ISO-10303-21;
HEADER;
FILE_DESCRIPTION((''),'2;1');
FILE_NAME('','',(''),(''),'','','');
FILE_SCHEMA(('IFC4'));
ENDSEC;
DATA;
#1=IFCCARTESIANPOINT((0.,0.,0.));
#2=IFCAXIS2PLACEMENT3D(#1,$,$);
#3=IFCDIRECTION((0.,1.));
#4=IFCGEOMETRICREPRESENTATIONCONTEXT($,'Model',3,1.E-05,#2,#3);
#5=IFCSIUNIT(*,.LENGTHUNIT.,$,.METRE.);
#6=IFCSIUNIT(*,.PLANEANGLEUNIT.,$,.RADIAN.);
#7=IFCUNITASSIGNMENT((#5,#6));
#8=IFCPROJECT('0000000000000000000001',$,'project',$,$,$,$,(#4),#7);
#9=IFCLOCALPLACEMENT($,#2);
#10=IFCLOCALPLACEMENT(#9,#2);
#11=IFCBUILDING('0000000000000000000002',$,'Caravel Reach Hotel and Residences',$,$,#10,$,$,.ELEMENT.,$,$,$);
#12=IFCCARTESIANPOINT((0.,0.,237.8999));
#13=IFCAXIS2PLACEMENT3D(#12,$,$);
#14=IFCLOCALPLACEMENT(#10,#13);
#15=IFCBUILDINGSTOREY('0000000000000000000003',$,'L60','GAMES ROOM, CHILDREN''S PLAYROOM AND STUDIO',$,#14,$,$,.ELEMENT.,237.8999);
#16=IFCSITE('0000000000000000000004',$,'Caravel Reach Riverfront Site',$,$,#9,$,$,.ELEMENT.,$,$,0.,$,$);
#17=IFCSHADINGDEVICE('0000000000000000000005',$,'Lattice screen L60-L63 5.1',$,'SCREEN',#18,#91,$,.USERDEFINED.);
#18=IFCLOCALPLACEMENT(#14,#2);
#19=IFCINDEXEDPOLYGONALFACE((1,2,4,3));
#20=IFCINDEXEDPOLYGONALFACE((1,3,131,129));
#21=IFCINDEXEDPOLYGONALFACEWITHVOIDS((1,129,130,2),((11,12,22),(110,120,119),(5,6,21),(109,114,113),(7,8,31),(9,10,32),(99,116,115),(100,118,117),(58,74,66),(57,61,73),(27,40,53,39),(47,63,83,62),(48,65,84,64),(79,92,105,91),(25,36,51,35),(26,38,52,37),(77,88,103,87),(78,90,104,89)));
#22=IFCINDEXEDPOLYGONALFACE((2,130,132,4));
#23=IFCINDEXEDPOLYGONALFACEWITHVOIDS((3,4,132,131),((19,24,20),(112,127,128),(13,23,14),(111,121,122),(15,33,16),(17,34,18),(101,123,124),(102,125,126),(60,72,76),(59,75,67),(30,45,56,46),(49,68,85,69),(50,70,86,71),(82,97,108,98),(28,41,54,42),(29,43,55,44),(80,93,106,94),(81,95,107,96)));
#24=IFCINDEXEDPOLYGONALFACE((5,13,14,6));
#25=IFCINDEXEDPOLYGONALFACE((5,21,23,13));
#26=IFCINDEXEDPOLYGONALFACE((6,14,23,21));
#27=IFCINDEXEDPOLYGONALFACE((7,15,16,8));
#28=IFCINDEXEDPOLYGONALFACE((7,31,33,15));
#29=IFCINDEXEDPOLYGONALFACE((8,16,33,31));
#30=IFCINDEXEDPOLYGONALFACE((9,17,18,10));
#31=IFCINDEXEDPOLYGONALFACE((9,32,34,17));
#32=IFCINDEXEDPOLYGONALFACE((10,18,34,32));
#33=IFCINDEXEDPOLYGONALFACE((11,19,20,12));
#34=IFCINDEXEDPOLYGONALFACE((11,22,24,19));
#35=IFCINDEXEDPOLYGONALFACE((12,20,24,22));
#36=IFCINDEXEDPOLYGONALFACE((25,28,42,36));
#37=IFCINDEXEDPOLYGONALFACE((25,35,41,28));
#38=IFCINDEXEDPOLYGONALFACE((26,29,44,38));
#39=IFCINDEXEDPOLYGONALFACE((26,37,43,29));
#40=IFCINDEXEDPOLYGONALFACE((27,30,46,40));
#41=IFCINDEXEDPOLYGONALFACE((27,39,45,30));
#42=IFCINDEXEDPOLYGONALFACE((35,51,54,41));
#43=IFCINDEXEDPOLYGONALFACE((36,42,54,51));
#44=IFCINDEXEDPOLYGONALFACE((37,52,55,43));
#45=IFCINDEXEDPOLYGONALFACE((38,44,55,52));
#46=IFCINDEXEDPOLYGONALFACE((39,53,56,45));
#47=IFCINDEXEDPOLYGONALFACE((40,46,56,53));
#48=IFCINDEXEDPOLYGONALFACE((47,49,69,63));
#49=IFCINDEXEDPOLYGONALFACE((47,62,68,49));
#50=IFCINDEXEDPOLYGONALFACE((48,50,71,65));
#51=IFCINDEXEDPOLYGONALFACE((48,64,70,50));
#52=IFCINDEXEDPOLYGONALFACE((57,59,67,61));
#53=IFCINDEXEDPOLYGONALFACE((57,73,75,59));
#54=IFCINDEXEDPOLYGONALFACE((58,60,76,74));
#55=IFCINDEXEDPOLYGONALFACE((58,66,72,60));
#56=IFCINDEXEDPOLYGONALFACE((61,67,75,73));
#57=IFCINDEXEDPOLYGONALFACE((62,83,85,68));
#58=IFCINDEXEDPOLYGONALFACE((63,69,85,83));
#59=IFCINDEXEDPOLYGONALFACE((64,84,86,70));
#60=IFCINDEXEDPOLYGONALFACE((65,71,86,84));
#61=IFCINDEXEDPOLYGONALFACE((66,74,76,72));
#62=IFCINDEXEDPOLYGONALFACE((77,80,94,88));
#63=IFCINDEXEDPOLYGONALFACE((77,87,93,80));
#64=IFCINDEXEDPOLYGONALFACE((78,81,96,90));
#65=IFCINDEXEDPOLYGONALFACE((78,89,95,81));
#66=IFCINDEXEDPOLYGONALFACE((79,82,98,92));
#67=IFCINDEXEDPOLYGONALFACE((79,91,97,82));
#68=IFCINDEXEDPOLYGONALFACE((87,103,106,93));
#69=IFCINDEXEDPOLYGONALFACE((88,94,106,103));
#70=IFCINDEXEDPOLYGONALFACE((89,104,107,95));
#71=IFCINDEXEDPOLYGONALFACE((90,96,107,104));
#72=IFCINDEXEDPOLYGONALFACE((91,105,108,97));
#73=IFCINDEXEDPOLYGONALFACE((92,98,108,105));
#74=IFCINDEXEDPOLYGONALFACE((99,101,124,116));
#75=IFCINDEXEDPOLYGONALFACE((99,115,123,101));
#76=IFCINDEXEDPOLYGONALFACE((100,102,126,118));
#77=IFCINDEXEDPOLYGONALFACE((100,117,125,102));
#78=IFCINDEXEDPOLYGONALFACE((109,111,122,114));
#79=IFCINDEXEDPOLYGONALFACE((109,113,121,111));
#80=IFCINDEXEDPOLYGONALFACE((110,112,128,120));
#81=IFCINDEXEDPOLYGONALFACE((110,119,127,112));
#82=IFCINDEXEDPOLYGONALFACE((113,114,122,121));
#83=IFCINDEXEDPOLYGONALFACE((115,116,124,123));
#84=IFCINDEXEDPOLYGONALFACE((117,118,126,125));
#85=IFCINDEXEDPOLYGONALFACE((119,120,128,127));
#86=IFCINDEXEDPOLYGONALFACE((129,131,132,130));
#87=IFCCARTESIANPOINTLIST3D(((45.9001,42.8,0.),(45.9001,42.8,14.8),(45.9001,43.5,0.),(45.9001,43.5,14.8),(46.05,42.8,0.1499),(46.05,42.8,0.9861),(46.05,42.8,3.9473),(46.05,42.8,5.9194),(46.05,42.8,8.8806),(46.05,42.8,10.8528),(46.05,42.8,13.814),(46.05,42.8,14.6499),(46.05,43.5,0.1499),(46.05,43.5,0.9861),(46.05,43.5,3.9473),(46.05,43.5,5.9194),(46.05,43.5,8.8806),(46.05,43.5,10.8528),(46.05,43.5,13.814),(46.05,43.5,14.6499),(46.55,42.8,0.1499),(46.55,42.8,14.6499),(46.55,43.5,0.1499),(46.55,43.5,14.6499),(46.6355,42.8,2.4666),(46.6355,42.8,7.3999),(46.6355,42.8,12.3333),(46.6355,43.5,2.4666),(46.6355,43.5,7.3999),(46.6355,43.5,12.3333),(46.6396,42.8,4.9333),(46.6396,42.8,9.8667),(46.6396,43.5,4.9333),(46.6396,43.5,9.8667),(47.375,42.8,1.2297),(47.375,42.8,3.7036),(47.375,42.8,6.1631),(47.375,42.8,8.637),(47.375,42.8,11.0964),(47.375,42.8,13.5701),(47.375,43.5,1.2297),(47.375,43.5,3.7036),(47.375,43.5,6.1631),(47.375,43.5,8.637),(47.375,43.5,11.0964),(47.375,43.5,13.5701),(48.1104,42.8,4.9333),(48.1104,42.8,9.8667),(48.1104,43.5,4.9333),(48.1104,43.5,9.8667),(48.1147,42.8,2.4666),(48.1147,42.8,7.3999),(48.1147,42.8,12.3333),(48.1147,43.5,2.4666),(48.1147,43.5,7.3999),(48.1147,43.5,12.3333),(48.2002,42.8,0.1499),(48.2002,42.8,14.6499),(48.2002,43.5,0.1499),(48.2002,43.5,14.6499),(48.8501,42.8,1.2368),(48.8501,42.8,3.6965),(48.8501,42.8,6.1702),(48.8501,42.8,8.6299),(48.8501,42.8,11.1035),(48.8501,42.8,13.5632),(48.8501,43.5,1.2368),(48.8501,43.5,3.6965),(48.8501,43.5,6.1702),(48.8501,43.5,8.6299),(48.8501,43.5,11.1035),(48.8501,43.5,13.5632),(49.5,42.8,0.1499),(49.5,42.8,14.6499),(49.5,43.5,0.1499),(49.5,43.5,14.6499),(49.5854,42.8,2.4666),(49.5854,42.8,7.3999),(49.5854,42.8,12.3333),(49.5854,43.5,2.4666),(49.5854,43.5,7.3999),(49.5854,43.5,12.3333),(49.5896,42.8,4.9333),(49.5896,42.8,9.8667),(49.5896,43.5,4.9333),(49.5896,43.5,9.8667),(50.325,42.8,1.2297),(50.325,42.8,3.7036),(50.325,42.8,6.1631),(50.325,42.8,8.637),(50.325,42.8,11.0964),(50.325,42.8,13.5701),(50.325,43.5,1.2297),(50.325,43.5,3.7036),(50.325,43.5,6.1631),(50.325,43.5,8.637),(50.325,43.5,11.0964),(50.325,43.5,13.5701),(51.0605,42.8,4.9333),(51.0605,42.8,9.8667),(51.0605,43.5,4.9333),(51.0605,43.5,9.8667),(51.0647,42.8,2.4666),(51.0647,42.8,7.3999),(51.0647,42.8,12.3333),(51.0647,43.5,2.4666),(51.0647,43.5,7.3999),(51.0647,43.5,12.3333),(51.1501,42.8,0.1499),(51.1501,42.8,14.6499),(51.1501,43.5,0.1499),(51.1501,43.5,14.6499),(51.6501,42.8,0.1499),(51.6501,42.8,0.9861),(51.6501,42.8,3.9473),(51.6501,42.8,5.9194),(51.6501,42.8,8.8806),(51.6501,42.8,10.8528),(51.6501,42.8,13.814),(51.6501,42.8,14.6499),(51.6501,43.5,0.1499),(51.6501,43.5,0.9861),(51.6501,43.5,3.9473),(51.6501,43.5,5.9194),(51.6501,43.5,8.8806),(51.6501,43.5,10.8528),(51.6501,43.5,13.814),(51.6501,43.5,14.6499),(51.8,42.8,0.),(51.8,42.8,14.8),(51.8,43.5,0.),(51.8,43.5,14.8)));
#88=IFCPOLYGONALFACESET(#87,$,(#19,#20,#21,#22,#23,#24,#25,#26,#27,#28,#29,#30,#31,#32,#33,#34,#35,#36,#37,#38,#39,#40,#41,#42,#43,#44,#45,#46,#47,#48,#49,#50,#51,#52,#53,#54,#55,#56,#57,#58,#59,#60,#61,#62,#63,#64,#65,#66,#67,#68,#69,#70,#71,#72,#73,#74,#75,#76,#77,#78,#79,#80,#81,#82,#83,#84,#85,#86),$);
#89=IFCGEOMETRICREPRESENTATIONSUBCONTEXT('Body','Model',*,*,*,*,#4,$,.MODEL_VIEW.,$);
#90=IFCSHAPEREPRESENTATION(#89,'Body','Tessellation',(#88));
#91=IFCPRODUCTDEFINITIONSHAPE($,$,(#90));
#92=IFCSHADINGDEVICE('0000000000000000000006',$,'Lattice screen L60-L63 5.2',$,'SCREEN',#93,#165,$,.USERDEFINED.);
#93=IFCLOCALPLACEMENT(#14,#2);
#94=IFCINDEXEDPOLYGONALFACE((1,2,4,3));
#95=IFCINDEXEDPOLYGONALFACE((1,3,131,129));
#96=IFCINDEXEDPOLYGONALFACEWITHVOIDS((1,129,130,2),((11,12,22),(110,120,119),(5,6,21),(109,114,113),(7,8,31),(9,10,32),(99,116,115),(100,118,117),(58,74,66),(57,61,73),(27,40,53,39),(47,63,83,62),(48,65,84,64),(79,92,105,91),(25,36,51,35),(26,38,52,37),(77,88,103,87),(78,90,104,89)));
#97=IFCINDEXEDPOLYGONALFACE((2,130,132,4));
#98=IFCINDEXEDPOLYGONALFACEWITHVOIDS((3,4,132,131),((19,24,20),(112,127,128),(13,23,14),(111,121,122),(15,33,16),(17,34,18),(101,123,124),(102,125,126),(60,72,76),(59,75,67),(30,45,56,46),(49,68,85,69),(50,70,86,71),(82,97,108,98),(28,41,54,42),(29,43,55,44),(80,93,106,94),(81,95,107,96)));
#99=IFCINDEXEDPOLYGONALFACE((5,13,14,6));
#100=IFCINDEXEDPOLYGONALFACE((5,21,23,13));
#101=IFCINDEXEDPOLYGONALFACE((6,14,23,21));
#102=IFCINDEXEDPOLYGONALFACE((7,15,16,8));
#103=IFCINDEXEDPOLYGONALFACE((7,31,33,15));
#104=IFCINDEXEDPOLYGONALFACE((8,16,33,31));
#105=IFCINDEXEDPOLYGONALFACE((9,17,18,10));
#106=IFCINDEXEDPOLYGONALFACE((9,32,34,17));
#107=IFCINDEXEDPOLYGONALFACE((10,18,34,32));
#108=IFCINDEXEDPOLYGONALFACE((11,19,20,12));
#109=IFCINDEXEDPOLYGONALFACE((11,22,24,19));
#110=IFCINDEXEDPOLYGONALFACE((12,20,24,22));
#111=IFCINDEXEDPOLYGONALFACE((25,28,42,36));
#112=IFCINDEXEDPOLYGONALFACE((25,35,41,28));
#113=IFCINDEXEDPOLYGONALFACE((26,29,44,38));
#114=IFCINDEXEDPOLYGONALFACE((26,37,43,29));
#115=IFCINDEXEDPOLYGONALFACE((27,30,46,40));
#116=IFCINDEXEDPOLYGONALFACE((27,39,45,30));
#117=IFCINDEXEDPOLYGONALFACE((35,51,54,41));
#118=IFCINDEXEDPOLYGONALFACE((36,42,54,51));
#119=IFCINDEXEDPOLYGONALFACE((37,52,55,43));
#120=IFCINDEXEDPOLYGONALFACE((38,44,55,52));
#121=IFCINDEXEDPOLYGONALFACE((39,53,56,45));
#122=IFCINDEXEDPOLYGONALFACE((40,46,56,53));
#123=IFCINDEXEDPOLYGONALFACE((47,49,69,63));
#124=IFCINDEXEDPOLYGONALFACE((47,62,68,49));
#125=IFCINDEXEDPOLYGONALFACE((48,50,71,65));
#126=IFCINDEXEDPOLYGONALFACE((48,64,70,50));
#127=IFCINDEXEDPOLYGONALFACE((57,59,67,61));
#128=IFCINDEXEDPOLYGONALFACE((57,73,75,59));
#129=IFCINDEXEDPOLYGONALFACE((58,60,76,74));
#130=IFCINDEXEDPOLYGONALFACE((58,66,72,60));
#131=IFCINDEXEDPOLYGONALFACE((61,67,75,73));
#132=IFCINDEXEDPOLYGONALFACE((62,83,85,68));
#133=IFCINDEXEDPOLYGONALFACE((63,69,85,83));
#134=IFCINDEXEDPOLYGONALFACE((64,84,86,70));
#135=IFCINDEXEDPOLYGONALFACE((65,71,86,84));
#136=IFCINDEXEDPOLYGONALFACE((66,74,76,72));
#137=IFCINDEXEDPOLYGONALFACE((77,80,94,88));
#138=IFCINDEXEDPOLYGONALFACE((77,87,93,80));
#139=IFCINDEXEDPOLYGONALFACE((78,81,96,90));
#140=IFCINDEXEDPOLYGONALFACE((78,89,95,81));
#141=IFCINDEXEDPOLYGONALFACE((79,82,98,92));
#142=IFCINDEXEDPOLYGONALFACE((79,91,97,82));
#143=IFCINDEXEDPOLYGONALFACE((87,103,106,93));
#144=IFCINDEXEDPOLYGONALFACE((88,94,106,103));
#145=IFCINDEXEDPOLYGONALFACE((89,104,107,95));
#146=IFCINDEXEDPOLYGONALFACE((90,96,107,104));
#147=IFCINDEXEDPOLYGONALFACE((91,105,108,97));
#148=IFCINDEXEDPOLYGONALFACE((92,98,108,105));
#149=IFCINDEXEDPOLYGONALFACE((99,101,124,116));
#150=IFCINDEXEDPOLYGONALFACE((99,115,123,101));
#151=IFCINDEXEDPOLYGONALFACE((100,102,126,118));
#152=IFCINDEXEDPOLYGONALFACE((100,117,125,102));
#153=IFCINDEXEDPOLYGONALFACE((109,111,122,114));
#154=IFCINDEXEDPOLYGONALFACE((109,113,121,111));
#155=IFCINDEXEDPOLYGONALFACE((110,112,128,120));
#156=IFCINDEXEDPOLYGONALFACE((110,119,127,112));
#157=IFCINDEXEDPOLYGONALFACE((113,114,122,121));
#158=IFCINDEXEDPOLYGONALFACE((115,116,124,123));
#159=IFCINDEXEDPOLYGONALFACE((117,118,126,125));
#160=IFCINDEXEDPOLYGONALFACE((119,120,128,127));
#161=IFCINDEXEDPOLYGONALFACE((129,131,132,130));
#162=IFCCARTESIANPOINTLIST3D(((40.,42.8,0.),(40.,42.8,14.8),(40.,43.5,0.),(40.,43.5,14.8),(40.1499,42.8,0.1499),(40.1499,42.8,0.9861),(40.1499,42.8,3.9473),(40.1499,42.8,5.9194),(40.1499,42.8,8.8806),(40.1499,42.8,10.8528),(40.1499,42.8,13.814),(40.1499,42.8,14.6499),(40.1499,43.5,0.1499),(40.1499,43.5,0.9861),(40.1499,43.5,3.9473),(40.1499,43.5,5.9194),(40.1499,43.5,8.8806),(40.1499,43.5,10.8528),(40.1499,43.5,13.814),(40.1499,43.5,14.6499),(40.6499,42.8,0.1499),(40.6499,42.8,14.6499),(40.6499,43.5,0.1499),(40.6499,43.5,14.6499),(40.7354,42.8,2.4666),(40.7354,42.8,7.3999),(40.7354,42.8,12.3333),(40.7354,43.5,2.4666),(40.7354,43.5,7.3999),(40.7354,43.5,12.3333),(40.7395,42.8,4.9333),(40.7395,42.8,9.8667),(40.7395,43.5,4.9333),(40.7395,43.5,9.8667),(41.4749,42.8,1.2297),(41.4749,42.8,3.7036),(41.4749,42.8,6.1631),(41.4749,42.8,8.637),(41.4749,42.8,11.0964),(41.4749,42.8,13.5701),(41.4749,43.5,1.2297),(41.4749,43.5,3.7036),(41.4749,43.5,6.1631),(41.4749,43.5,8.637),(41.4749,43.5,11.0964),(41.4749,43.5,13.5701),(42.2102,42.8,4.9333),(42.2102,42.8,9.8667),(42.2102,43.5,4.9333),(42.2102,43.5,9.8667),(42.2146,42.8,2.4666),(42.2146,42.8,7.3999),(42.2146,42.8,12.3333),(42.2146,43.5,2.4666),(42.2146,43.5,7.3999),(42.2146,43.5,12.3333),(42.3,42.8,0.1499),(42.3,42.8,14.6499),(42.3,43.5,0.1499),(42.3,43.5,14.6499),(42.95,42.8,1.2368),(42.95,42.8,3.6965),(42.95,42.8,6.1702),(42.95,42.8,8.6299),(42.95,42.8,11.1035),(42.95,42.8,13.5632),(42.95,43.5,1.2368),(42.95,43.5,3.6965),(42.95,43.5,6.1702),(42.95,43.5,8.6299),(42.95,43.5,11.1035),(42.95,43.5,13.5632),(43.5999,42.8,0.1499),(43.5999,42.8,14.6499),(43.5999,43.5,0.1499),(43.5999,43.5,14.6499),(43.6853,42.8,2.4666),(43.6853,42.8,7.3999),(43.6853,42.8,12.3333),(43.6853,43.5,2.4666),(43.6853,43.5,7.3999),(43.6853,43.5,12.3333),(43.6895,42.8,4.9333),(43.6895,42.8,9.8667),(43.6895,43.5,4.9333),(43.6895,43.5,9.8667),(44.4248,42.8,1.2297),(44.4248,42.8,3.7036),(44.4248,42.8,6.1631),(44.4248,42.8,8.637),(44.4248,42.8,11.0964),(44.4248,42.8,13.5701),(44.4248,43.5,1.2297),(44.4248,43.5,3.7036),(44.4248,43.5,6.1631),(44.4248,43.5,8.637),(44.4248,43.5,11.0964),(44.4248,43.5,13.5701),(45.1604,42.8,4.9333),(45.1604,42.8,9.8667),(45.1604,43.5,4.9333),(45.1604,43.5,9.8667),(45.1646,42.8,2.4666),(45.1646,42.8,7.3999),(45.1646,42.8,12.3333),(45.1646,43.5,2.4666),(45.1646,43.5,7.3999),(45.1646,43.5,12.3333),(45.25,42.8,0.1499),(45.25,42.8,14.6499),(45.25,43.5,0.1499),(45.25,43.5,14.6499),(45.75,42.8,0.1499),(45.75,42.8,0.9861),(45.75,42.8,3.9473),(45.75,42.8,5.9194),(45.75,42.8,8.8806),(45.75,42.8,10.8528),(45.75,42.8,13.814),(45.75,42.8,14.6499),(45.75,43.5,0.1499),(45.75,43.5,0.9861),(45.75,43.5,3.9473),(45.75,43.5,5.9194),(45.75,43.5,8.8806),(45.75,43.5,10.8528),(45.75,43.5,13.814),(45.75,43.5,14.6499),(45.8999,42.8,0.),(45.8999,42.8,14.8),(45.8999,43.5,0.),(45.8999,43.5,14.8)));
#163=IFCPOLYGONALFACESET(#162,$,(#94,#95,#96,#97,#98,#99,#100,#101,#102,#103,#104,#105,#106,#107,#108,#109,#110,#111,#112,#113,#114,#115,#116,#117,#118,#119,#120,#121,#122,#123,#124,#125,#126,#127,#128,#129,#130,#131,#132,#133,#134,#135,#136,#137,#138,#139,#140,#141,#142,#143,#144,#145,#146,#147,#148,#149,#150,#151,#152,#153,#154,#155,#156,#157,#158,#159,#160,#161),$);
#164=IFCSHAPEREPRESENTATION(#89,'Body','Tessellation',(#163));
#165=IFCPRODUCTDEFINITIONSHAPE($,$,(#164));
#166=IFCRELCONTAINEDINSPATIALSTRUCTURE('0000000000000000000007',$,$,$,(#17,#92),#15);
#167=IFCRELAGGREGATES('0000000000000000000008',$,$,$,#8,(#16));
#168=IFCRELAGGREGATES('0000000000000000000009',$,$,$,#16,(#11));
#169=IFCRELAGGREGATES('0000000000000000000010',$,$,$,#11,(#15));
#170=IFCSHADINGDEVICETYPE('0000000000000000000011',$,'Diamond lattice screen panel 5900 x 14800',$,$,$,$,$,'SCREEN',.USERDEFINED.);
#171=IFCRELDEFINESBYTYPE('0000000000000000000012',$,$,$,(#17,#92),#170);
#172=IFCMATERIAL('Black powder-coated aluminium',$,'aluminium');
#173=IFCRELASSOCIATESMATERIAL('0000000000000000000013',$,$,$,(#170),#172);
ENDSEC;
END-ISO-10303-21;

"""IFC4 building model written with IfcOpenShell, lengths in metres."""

from ifc_helpers import new_model, si_unit, direction, frame, origin, place, context, subcontext, project, spatial, polyline, outline, extrude, material, type_object, element, save


model = new_model("IFC4")

# Units and contexts
model_context = context("Model", 3, precision=1e-05, world=origin(), true_north=direction((0.0, 1.0)))
body_context = subcontext(model_context, "Body", "Model", "MODEL_VIEW")
ifc_project = project(units=[si_unit("LENGTHUNIT", "METRE"), si_unit("PLANEANGLEUNIT", "RADIAN")], contexts=[model_context])

# Site, building, storey
site_placement = place(None, origin())
site = spatial("IfcSite", under=ifc_project, at=site_placement, Name="Caravel Reach Riverfront Site", CompositionType="ELEMENT", RefElevation=0.0)
building_placement = place(site_placement, origin())
building = spatial("IfcBuilding", under=site, at=building_placement, Name="Caravel Reach Hotel and Residences", CompositionType="ELEMENT")
storey_placement = place(building_placement, frame((0.0, 0.0, 237.8999)))
storey = spatial("IfcBuildingStorey", under=building, at=storey_placement, Name="L60", Description="GAMES ROOM, CHILDREN'S PLAYROOM AND STUDIO", CompositionType="ELEMENT", Elevation=237.8999)

# Shading devices
ifc_material_1 = material(Name="Black powder-coated aluminium", Category="aluminium")
shading_device_type_1 = type_object("IfcShadingDeviceType", Name="Diamond lattice screen panel 5900 x 14800", ElementType="SCREEN", PredefinedType="USERDEFINED", material=ifc_material_1)
shading_device_1_placement = place(storey_placement, frame((51.8, 42.8, 0.0), z_axis=(0.0, 1.0, 0.0), x_axis=(-1.0, 0.0, 0.0)))
element("IfcShadingDevice", 1, at=shading_device_1_placement, inside=storey, type_object=shading_device_type_1, Name="Lattice screen L60-L63 5.1", ObjectType="SCREEN", PredefinedType="USERDEFINED", context=body_context, shape_type="SweptSolid", body=[
    extrude(outline(polyline([(0.0, 0.0), (5.8999, 0.0), (5.8999, 14.8), (0.0, 14.8), (0.0, 0.0)]), holes=[polyline([(0.6499, 0.1499), (0.1499, 0.9861), (0.1499, 0.1499), (0.6499, 0.1499)]), polyline([(0.7395, 4.9333), (0.1499, 5.9194), (0.1499, 3.9473), (0.7395, 4.9333)]), polyline([(0.7395, 9.8667), (0.1499, 10.8528), (0.1499, 8.8806), (0.7395, 9.8667)]), polyline([(0.1499, 13.814), (0.6499, 14.6499), (0.1499, 14.6499), (0.1499, 13.814)]), polyline([(1.4751, 3.7036), (0.7354, 2.4666), (1.4751, 1.2297), (2.2146, 2.4666), (1.4751, 3.7036)]), polyline([(1.4751, 8.637), (0.7354, 7.3999), (1.4751, 6.1631), (2.2146, 7.3999), (1.4751, 8.637)]), polyline([(1.4751, 13.5701), (0.7354, 12.3333), (1.4751, 11.0964), (2.2146, 12.3333), (1.4751, 13.5701)]), polyline([(2.95, 1.2368), (2.3, 0.1499), (3.5999, 0.1499), (2.95, 1.2368)]), polyline([(2.95, 6.1702), (2.2104, 4.9333), (2.95, 3.6965), (3.6897, 4.9333), (2.95, 6.1702)]), polyline([(2.95, 11.1035), (2.2104, 9.8667), (2.95, 8.6299), (3.6897, 9.8667), (2.95, 11.1035)]), polyline([(2.95, 13.5632), (3.5999, 14.6499), (2.3, 14.6499), (2.95, 13.5632)]), polyline([(4.425, 3.7036), (3.6853, 2.4666), (4.425, 1.2297), (5.1646, 2.4666), (4.425, 3.7036)]), polyline([(4.425, 8.637), (3.6853, 7.3999), (4.425, 6.1631), (5.1646, 7.3999), (4.425, 8.637)]), polyline([(4.425, 13.5701), (3.6853, 12.3333), (4.425, 11.0964), (5.1646, 12.3333), (4.425, 13.5701)]), polyline([(5.75, 0.9861), (5.25, 0.1499), (5.75, 0.1499), (5.75, 0.9861)]), polyline([(5.1604, 4.9333), (5.75, 3.9473), (5.75, 5.9194), (5.1604, 4.9333)]), polyline([(5.1604, 9.8667), (5.75, 8.8806), (5.75, 10.8528), (5.1604, 9.8667)]), polyline([(5.25, 14.6499), (5.75, 13.814), (5.75, 14.6499), (5.25, 14.6499)])]), origin(), (0.0, 0.0, 1.0), 0.7),
])
shading_device_2_placement = place(storey_placement, frame((45.8999, 42.8, 0.0), z_axis=(0.0, 1.0, 0.0), x_axis=(-1.0, 0.0, 0.0)))
element("IfcShadingDevice", 2, at=shading_device_2_placement, inside=storey, type_object=shading_device_type_1, Name="Lattice screen L60-L63 5.2", ObjectType="SCREEN", PredefinedType="USERDEFINED", context=body_context, shape_type="SweptSolid", body=[
    extrude(outline(polyline([(0.0, 0.0), (5.8999, 0.0), (5.8999, 14.8), (0.0, 14.8), (0.0, 0.0)]), holes=[polyline([(0.6499, 0.1499), (0.1499, 0.9861), (0.1499, 0.1499), (0.6499, 0.1499)]), polyline([(0.7395, 4.9333), (0.1499, 5.9194), (0.1499, 3.9473), (0.7395, 4.9333)]), polyline([(0.7395, 9.8667), (0.1499, 10.8528), (0.1499, 8.8806), (0.7395, 9.8667)]), polyline([(0.1499, 13.814), (0.6499, 14.6499), (0.1499, 14.6499), (0.1499, 13.814)]), polyline([(1.4751, 3.7036), (0.7354, 2.4666), (1.4751, 1.2297), (2.2146, 2.4666), (1.4751, 3.7036)]), polyline([(1.4751, 8.637), (0.7354, 7.3999), (1.4751, 6.1631), (2.2146, 7.3999), (1.4751, 8.637)]), polyline([(1.4751, 13.5701), (0.7354, 12.3333), (1.4751, 11.0964), (2.2146, 12.3333), (1.4751, 13.5701)]), polyline([(2.95, 1.2368), (2.3, 0.1499), (3.5999, 0.1499), (2.95, 1.2368)]), polyline([(2.95, 6.1702), (2.2104, 4.9333), (2.95, 3.6965), (3.6897, 4.9333), (2.95, 6.1702)]), polyline([(2.95, 11.1035), (2.2104, 9.8667), (2.95, 8.6299), (3.6897, 9.8667), (2.95, 11.1035)]), polyline([(2.95, 13.5632), (3.5999, 14.6499), (2.3, 14.6499), (2.95, 13.5632)]), polyline([(4.425, 3.7036), (3.6853, 2.4666), (4.425, 1.2297), (5.1646, 2.4666), (4.425, 3.7036)]), polyline([(4.425, 8.637), (3.6853, 7.3999), (4.425, 6.1631), (5.1646, 7.3999), (4.425, 8.637)]), polyline([(4.425, 13.5701), (3.6853, 12.3333), (4.425, 11.0964), (5.1646, 12.3333), (4.425, 13.5701)]), polyline([(5.75, 0.9861), (5.25, 0.1499), (5.75, 0.1499), (5.75, 0.9861)]), polyline([(5.1604, 4.9333), (5.75, 3.9473), (5.75, 5.9194), (5.1604, 4.9333)]), polyline([(5.1604, 9.8667), (5.75, 8.8806), (5.75, 10.8528), (5.1604, 9.8667)]), polyline([(5.25, 14.6499), (5.75, 13.814), (5.75, 14.6499), (5.25, 14.6499)])]), origin(), (0.0, 0.0, 1.0), 0.7),
])

save(model, "model.ifc")
